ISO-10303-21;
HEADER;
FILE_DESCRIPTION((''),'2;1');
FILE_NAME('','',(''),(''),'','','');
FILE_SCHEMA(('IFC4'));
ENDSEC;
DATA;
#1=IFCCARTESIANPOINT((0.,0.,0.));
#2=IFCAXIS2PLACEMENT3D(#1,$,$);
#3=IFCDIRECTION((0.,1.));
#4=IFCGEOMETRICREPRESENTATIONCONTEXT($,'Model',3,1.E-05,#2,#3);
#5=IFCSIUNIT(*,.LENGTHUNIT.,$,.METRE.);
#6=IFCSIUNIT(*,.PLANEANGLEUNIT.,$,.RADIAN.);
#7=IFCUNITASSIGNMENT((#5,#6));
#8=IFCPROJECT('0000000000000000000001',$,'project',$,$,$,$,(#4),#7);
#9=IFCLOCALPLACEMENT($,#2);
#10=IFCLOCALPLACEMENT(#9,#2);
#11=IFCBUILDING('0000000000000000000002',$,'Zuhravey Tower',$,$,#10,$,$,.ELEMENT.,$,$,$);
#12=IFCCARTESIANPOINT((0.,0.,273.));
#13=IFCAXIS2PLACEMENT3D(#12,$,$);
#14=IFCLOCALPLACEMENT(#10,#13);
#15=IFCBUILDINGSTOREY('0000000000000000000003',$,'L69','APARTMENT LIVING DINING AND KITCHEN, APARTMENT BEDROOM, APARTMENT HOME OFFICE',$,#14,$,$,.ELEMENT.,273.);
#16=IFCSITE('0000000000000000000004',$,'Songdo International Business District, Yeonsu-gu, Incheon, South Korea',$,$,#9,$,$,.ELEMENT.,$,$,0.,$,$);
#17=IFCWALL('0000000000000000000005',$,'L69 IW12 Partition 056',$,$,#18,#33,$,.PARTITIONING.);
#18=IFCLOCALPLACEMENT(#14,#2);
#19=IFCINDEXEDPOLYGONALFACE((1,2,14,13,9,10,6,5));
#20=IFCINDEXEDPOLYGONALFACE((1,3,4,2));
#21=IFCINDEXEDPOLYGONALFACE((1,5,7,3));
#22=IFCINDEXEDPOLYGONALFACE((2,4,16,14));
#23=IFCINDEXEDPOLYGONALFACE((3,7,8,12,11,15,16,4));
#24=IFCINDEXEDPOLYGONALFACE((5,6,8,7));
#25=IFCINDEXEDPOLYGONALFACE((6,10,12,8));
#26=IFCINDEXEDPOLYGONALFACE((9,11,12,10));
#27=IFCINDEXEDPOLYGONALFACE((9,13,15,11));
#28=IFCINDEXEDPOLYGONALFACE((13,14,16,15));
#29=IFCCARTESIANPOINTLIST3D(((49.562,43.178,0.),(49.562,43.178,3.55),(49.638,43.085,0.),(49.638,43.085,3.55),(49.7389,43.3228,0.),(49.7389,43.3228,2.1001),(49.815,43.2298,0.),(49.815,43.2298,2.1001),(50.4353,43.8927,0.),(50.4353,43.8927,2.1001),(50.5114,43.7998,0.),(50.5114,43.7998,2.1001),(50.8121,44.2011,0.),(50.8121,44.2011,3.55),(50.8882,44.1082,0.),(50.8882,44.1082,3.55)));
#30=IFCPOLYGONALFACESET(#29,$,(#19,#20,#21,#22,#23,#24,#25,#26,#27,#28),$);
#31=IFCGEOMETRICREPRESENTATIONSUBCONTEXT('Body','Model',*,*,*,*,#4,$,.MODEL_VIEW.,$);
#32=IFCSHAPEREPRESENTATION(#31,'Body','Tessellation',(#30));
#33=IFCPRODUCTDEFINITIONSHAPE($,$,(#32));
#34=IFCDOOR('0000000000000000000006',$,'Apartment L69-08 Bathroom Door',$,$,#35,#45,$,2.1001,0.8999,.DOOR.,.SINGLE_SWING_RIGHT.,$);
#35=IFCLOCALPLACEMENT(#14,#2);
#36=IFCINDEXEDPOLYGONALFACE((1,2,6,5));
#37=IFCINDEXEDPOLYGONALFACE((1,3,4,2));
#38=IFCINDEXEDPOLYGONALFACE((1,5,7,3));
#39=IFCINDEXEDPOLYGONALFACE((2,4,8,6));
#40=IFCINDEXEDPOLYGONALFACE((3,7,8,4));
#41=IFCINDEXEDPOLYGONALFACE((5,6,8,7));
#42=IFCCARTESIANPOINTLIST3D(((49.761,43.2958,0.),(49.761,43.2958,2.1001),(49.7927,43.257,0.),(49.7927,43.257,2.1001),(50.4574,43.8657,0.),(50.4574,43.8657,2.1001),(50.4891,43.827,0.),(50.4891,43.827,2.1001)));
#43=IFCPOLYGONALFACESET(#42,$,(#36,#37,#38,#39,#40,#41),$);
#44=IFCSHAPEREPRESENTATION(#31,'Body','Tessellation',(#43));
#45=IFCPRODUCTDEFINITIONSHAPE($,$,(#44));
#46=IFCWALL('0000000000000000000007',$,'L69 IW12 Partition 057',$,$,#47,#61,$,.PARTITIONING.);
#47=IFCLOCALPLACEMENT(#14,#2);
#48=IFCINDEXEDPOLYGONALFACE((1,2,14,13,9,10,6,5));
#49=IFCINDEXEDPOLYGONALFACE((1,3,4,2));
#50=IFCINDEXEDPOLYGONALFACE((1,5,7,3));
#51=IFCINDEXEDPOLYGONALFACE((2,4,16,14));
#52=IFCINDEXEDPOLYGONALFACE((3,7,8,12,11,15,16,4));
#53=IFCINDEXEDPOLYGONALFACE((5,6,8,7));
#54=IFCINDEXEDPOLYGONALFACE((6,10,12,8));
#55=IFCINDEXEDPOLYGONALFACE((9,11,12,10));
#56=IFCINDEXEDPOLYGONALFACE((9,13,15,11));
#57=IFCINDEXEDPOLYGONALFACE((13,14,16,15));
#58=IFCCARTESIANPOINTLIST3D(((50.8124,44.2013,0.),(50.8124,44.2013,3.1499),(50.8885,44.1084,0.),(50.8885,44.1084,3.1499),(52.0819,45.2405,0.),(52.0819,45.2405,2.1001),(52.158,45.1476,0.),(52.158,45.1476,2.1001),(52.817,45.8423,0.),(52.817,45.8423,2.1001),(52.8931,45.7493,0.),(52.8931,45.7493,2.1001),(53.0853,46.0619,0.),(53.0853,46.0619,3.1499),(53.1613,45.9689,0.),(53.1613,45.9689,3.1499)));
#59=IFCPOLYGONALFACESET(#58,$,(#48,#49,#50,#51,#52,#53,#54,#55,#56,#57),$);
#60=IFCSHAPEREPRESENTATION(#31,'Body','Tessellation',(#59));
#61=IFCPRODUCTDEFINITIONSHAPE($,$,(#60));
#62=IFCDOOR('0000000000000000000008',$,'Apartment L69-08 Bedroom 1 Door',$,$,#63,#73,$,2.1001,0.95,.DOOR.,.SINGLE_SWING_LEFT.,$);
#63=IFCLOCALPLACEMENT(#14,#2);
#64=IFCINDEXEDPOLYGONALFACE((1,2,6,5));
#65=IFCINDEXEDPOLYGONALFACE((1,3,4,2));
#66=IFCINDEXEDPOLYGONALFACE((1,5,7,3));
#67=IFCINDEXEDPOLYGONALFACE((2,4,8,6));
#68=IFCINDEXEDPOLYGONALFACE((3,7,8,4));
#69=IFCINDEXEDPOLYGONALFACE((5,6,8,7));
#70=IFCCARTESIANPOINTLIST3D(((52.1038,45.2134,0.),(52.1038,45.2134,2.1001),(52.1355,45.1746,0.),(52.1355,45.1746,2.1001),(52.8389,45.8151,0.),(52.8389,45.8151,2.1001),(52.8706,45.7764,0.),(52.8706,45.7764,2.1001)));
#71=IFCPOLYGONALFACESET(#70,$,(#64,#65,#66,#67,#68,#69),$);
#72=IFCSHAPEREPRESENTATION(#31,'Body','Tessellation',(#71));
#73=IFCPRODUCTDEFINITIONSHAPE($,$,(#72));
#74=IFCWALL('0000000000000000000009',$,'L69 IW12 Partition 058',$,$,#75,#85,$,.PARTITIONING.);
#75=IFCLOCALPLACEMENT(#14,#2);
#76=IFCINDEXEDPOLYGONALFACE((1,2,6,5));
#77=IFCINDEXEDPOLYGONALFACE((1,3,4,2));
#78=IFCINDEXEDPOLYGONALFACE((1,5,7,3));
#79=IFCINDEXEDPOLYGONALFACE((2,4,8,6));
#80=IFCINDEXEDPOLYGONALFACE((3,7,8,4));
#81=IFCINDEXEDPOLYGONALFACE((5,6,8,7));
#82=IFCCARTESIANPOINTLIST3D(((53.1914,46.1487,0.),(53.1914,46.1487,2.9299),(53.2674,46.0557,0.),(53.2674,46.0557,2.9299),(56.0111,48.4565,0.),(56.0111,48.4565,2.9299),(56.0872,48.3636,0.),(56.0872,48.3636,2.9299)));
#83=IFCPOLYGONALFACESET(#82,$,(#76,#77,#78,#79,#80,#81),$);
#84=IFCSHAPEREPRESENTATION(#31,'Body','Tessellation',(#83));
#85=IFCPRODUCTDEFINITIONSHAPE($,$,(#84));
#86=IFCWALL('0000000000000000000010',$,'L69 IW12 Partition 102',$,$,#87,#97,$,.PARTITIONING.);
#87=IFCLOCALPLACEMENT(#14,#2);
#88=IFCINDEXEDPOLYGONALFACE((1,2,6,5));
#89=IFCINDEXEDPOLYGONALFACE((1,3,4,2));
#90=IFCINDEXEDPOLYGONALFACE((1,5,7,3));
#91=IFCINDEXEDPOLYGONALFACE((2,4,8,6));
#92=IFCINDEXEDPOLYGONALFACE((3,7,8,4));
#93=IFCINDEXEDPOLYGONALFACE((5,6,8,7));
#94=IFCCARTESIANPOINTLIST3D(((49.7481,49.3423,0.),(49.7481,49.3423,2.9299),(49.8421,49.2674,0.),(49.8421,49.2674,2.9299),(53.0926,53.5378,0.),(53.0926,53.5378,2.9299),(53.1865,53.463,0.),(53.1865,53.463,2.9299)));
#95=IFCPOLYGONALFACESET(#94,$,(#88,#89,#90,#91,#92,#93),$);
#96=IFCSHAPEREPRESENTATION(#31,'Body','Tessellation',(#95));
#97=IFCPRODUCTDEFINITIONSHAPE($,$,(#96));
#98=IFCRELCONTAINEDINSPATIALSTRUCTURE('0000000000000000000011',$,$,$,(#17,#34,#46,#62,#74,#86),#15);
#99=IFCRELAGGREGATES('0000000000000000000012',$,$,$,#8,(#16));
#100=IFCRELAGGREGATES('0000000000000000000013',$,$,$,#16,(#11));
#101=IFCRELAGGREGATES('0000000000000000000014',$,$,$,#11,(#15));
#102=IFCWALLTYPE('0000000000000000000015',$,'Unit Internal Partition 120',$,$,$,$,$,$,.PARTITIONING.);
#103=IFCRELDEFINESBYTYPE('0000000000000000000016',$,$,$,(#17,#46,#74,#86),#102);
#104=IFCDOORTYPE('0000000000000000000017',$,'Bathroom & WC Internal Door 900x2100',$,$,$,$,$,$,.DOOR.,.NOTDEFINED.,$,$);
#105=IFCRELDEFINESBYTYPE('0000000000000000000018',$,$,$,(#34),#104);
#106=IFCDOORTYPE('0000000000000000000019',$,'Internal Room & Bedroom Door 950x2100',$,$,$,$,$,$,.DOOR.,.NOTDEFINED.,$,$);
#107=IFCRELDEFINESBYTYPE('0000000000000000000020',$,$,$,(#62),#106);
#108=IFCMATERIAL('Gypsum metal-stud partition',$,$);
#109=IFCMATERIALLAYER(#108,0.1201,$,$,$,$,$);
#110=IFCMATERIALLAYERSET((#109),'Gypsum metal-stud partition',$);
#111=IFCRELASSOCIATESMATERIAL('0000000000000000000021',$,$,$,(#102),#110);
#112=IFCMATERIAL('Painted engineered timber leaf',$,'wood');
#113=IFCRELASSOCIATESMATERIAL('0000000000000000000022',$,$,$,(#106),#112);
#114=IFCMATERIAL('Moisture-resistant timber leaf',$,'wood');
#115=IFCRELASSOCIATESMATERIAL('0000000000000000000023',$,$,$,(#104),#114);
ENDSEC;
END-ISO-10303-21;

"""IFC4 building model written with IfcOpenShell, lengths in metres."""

from ifc_helpers import new_model, si_unit, direction, frame, frame_2d, origin, place, context, subcontext, project, spatial, rectangle, extrude, material, layer, layer_set, type_object, element, fill, save


model = new_model("IFC4")

# Units and contexts
model_context = context("Model", 3, precision=1e-05, world=origin(), true_north=direction((0.0, 1.0)))
body_context = subcontext(model_context, "Body", "Model", "MODEL_VIEW")
ifc_project = project(units=[si_unit("LENGTHUNIT", "METRE"), si_unit("PLANEANGLEUNIT", "RADIAN")], contexts=[model_context])

# Site, building, storey
site_placement = place(None, origin())
site = spatial("IfcSite", under=ifc_project, at=site_placement, Name="Songdo International Business District, Yeonsu-gu, Incheon, South Korea", CompositionType="ELEMENT", RefElevation=0.0)
building_placement = place(site_placement, origin())
building = spatial("IfcBuilding", under=site, at=building_placement, Name="Zuhravey Tower", CompositionType="ELEMENT")
storey_placement = place(building_placement, frame((0.0, 0.0, 273.0)))
storey = spatial("IfcBuildingStorey", under=building, at=storey_placement, Name="L69", Description="APARTMENT LIVING DINING AND KITCHEN, APARTMENT BEDROOM, APARTMENT HOME OFFICE", CompositionType="ELEMENT", Elevation=273.0)

# Shared definitions
ifc_material_1 = material(Name="Gypsum metal-stud partition")
ifc_layer_1 = layer(ifc_material_1, 0.1201)
ifc_layer_set_1 = layer_set([ifc_layer_1], Name="Gypsum metal-stud partition")
wall_type_1 = type_object("IfcWallType", Name="Unit Internal Partition 120", PredefinedType="PARTITIONING", material=ifc_layer_set_1)
ifc_material_2 = material(Name="Painted engineered timber leaf", Category="wood")
door_type_1 = type_object("IfcDoorType", Name="Internal Room & Bedroom Door 950x2100", OperationType="NOTDEFINED", PredefinedType="DOOR", material=ifc_material_2)

# Walls, openings, doors
wall_1_placement = place(storey_placement, frame((49.6001, 43.1316, 0.0), z_axis=(0.0, 0.0, 1.0), x_axis=(0.773876, 0.633337, 0.0)))
wall_1 = element("IfcWall", 1, at=wall_1_placement, inside=storey, type_object=wall_type_1, Name="L69 IW12 Partition 056", PredefinedType="PARTITIONING", context=body_context, shape_type="SweptSolid", body=[
    extrude(rectangle(XDim=1.6155, YDim=0.1201, at=frame_2d((0.8076, 0.0))), origin(), (0.0, 0.0, 1.0), 3.55),
])
opening_1_placement = place(wall_1_placement, frame((0.2285, 0.0, 0.0)))
opening_1 = element("IfcOpeningElement", 2, at=opening_1_placement, cuts=wall_1, PredefinedType="OPENING", context=body_context, shape_type="SweptSolid", body=[
    extrude(rectangle(XDim=0.8999, YDim=2.1001, at=frame_2d((0.45, 1.05))), frame((0.0, 0.072, 0.0), z_axis=(0.0, -1.0, 0.0), x_axis=(1.0, 0.0, 0.0)), (0.0, 0.0, 1.0), 0.144),
])
ifc_material_3 = material(Name="Moisture-resistant timber leaf", Category="wood")
door_type_2 = type_object("IfcDoorType", Name="Bathroom & WC Internal Door 900x2100", OperationType="NOTDEFINED", PredefinedType="DOOR", material=ifc_material_3)
door_1_placement = place(opening_1_placement, frame((0.8999, 0.0, 0.0), z_axis=(0.0, 0.0, 1.0), x_axis=(-1.0, 0.0, 0.0)))
door_1 = element("IfcDoor", 3, at=door_1_placement, inside=storey, type_object=door_type_2, Name="Apartment L69-08 Bathroom Door", OperationType="SINGLE_SWING_RIGHT", OverallHeight=2.1001, OverallWidth=0.8999, PredefinedType="DOOR", context=body_context, shape_type="SweptSolid", body=[
    extrude(rectangle(XDim=0.8999, YDim=2.1001, at=frame_2d((0.45, 1.05))), frame((0.0, 0.0249, 0.0), z_axis=(0.0, -1.0, 0.0), x_axis=(1.0, 0.0, 0.0)), (0.0, 0.0, 1.0), 0.05),
])
fill(opening_1, door_1)
wall_2_placement = place(storey_placement, frame((50.8503, 44.1548, 0.0), z_axis=(0.0, 0.0, 1.0), x_axis=(0.773805, 0.633423, 0.0)))
wall_2 = element("IfcWall", 4, at=wall_2_placement, inside=storey, type_object=wall_type_1, Name="L69 IW12 Partition 057", PredefinedType="PARTITIONING", context=body_context, shape_type="SweptSolid", body=[
    extrude(rectangle(XDim=2.9373, YDim=0.1201, at=frame_2d((1.4688, 0.0))), origin(), (0.0, 0.0, 1.0), 3.1499),
])
opening_2_placement = place(wall_2_placement, frame((1.6406, 0.0, 0.0)))
opening_2 = element("IfcOpeningElement", 5, at=opening_2_placement, cuts=wall_2, PredefinedType="OPENING", context=body_context, shape_type="SweptSolid", body=[
    extrude(rectangle(XDim=0.95, YDim=2.1001, at=frame_2d((0.4751, 1.05))), frame((0.0, 0.072, 0.0), z_axis=(0.0, -1.0, 0.0), x_axis=(1.0, 0.0, 0.0)), (0.0, 0.0, 1.0), 0.144),
])
door_2_placement = place(opening_2_placement, frame((0.95, 0.0, 0.0), z_axis=(0.0, 0.0, 1.0), x_axis=(-1.0, 0.0, 0.0)))
door_2 = element("IfcDoor", 6, at=door_2_placement, inside=storey, type_object=door_type_1, Name="Apartment L69-08 Bedroom 1 Door", OperationType="SINGLE_SWING_LEFT", OverallHeight=2.1001, OverallWidth=0.95, PredefinedType="DOOR", context=body_context, shape_type="SweptSolid", body=[
    extrude(rectangle(XDim=0.95, YDim=2.1001, at=frame_2d((0.4751, 1.05))), frame((0.0, 0.0249, 0.0), z_axis=(0.0, -1.0, 0.0), x_axis=(1.0, 0.0, 0.0)), (0.0, 0.0, 1.0), 0.05),
])
fill(opening_2, door_2)

# Walls
wall_3_placement = place(storey_placement, frame((53.2295, 46.1023, 0.0), z_axis=(0.0, 0.0, 1.0), x_axis=(0.773859, 0.633358, 0.0)))
element("IfcWall", 7, at=wall_3_placement, inside=storey, type_object=wall_type_1, Name="L69 IW12 Partition 058", PredefinedType="PARTITIONING", context=body_context, shape_type="SweptSolid", body=[
    extrude(rectangle(XDim=3.6438, YDim=0.1201, at=frame_2d((1.8218, 0.0))), origin(), (0.0, 0.0, 1.0), 2.9299),
])
wall_4_placement = place(storey_placement, frame((49.7952, 49.3049, 0.0), z_axis=(0.0, 0.0, 1.0), x_axis=(0.623335, 0.781955, 0.0)))
element("IfcWall", 8, at=wall_4_placement, inside=storey, type_object=wall_type_1, Name="L69 IW12 Partition 102", PredefinedType="PARTITIONING", context=body_context, shape_type="SweptSolid", body=[
    extrude(rectangle(XDim=5.3655, YDim=0.1201, at=frame_2d((2.6826, 0.0))), origin(), (0.0, 0.0, 1.0), 2.9299),
])

save(model, "model.ifc")
